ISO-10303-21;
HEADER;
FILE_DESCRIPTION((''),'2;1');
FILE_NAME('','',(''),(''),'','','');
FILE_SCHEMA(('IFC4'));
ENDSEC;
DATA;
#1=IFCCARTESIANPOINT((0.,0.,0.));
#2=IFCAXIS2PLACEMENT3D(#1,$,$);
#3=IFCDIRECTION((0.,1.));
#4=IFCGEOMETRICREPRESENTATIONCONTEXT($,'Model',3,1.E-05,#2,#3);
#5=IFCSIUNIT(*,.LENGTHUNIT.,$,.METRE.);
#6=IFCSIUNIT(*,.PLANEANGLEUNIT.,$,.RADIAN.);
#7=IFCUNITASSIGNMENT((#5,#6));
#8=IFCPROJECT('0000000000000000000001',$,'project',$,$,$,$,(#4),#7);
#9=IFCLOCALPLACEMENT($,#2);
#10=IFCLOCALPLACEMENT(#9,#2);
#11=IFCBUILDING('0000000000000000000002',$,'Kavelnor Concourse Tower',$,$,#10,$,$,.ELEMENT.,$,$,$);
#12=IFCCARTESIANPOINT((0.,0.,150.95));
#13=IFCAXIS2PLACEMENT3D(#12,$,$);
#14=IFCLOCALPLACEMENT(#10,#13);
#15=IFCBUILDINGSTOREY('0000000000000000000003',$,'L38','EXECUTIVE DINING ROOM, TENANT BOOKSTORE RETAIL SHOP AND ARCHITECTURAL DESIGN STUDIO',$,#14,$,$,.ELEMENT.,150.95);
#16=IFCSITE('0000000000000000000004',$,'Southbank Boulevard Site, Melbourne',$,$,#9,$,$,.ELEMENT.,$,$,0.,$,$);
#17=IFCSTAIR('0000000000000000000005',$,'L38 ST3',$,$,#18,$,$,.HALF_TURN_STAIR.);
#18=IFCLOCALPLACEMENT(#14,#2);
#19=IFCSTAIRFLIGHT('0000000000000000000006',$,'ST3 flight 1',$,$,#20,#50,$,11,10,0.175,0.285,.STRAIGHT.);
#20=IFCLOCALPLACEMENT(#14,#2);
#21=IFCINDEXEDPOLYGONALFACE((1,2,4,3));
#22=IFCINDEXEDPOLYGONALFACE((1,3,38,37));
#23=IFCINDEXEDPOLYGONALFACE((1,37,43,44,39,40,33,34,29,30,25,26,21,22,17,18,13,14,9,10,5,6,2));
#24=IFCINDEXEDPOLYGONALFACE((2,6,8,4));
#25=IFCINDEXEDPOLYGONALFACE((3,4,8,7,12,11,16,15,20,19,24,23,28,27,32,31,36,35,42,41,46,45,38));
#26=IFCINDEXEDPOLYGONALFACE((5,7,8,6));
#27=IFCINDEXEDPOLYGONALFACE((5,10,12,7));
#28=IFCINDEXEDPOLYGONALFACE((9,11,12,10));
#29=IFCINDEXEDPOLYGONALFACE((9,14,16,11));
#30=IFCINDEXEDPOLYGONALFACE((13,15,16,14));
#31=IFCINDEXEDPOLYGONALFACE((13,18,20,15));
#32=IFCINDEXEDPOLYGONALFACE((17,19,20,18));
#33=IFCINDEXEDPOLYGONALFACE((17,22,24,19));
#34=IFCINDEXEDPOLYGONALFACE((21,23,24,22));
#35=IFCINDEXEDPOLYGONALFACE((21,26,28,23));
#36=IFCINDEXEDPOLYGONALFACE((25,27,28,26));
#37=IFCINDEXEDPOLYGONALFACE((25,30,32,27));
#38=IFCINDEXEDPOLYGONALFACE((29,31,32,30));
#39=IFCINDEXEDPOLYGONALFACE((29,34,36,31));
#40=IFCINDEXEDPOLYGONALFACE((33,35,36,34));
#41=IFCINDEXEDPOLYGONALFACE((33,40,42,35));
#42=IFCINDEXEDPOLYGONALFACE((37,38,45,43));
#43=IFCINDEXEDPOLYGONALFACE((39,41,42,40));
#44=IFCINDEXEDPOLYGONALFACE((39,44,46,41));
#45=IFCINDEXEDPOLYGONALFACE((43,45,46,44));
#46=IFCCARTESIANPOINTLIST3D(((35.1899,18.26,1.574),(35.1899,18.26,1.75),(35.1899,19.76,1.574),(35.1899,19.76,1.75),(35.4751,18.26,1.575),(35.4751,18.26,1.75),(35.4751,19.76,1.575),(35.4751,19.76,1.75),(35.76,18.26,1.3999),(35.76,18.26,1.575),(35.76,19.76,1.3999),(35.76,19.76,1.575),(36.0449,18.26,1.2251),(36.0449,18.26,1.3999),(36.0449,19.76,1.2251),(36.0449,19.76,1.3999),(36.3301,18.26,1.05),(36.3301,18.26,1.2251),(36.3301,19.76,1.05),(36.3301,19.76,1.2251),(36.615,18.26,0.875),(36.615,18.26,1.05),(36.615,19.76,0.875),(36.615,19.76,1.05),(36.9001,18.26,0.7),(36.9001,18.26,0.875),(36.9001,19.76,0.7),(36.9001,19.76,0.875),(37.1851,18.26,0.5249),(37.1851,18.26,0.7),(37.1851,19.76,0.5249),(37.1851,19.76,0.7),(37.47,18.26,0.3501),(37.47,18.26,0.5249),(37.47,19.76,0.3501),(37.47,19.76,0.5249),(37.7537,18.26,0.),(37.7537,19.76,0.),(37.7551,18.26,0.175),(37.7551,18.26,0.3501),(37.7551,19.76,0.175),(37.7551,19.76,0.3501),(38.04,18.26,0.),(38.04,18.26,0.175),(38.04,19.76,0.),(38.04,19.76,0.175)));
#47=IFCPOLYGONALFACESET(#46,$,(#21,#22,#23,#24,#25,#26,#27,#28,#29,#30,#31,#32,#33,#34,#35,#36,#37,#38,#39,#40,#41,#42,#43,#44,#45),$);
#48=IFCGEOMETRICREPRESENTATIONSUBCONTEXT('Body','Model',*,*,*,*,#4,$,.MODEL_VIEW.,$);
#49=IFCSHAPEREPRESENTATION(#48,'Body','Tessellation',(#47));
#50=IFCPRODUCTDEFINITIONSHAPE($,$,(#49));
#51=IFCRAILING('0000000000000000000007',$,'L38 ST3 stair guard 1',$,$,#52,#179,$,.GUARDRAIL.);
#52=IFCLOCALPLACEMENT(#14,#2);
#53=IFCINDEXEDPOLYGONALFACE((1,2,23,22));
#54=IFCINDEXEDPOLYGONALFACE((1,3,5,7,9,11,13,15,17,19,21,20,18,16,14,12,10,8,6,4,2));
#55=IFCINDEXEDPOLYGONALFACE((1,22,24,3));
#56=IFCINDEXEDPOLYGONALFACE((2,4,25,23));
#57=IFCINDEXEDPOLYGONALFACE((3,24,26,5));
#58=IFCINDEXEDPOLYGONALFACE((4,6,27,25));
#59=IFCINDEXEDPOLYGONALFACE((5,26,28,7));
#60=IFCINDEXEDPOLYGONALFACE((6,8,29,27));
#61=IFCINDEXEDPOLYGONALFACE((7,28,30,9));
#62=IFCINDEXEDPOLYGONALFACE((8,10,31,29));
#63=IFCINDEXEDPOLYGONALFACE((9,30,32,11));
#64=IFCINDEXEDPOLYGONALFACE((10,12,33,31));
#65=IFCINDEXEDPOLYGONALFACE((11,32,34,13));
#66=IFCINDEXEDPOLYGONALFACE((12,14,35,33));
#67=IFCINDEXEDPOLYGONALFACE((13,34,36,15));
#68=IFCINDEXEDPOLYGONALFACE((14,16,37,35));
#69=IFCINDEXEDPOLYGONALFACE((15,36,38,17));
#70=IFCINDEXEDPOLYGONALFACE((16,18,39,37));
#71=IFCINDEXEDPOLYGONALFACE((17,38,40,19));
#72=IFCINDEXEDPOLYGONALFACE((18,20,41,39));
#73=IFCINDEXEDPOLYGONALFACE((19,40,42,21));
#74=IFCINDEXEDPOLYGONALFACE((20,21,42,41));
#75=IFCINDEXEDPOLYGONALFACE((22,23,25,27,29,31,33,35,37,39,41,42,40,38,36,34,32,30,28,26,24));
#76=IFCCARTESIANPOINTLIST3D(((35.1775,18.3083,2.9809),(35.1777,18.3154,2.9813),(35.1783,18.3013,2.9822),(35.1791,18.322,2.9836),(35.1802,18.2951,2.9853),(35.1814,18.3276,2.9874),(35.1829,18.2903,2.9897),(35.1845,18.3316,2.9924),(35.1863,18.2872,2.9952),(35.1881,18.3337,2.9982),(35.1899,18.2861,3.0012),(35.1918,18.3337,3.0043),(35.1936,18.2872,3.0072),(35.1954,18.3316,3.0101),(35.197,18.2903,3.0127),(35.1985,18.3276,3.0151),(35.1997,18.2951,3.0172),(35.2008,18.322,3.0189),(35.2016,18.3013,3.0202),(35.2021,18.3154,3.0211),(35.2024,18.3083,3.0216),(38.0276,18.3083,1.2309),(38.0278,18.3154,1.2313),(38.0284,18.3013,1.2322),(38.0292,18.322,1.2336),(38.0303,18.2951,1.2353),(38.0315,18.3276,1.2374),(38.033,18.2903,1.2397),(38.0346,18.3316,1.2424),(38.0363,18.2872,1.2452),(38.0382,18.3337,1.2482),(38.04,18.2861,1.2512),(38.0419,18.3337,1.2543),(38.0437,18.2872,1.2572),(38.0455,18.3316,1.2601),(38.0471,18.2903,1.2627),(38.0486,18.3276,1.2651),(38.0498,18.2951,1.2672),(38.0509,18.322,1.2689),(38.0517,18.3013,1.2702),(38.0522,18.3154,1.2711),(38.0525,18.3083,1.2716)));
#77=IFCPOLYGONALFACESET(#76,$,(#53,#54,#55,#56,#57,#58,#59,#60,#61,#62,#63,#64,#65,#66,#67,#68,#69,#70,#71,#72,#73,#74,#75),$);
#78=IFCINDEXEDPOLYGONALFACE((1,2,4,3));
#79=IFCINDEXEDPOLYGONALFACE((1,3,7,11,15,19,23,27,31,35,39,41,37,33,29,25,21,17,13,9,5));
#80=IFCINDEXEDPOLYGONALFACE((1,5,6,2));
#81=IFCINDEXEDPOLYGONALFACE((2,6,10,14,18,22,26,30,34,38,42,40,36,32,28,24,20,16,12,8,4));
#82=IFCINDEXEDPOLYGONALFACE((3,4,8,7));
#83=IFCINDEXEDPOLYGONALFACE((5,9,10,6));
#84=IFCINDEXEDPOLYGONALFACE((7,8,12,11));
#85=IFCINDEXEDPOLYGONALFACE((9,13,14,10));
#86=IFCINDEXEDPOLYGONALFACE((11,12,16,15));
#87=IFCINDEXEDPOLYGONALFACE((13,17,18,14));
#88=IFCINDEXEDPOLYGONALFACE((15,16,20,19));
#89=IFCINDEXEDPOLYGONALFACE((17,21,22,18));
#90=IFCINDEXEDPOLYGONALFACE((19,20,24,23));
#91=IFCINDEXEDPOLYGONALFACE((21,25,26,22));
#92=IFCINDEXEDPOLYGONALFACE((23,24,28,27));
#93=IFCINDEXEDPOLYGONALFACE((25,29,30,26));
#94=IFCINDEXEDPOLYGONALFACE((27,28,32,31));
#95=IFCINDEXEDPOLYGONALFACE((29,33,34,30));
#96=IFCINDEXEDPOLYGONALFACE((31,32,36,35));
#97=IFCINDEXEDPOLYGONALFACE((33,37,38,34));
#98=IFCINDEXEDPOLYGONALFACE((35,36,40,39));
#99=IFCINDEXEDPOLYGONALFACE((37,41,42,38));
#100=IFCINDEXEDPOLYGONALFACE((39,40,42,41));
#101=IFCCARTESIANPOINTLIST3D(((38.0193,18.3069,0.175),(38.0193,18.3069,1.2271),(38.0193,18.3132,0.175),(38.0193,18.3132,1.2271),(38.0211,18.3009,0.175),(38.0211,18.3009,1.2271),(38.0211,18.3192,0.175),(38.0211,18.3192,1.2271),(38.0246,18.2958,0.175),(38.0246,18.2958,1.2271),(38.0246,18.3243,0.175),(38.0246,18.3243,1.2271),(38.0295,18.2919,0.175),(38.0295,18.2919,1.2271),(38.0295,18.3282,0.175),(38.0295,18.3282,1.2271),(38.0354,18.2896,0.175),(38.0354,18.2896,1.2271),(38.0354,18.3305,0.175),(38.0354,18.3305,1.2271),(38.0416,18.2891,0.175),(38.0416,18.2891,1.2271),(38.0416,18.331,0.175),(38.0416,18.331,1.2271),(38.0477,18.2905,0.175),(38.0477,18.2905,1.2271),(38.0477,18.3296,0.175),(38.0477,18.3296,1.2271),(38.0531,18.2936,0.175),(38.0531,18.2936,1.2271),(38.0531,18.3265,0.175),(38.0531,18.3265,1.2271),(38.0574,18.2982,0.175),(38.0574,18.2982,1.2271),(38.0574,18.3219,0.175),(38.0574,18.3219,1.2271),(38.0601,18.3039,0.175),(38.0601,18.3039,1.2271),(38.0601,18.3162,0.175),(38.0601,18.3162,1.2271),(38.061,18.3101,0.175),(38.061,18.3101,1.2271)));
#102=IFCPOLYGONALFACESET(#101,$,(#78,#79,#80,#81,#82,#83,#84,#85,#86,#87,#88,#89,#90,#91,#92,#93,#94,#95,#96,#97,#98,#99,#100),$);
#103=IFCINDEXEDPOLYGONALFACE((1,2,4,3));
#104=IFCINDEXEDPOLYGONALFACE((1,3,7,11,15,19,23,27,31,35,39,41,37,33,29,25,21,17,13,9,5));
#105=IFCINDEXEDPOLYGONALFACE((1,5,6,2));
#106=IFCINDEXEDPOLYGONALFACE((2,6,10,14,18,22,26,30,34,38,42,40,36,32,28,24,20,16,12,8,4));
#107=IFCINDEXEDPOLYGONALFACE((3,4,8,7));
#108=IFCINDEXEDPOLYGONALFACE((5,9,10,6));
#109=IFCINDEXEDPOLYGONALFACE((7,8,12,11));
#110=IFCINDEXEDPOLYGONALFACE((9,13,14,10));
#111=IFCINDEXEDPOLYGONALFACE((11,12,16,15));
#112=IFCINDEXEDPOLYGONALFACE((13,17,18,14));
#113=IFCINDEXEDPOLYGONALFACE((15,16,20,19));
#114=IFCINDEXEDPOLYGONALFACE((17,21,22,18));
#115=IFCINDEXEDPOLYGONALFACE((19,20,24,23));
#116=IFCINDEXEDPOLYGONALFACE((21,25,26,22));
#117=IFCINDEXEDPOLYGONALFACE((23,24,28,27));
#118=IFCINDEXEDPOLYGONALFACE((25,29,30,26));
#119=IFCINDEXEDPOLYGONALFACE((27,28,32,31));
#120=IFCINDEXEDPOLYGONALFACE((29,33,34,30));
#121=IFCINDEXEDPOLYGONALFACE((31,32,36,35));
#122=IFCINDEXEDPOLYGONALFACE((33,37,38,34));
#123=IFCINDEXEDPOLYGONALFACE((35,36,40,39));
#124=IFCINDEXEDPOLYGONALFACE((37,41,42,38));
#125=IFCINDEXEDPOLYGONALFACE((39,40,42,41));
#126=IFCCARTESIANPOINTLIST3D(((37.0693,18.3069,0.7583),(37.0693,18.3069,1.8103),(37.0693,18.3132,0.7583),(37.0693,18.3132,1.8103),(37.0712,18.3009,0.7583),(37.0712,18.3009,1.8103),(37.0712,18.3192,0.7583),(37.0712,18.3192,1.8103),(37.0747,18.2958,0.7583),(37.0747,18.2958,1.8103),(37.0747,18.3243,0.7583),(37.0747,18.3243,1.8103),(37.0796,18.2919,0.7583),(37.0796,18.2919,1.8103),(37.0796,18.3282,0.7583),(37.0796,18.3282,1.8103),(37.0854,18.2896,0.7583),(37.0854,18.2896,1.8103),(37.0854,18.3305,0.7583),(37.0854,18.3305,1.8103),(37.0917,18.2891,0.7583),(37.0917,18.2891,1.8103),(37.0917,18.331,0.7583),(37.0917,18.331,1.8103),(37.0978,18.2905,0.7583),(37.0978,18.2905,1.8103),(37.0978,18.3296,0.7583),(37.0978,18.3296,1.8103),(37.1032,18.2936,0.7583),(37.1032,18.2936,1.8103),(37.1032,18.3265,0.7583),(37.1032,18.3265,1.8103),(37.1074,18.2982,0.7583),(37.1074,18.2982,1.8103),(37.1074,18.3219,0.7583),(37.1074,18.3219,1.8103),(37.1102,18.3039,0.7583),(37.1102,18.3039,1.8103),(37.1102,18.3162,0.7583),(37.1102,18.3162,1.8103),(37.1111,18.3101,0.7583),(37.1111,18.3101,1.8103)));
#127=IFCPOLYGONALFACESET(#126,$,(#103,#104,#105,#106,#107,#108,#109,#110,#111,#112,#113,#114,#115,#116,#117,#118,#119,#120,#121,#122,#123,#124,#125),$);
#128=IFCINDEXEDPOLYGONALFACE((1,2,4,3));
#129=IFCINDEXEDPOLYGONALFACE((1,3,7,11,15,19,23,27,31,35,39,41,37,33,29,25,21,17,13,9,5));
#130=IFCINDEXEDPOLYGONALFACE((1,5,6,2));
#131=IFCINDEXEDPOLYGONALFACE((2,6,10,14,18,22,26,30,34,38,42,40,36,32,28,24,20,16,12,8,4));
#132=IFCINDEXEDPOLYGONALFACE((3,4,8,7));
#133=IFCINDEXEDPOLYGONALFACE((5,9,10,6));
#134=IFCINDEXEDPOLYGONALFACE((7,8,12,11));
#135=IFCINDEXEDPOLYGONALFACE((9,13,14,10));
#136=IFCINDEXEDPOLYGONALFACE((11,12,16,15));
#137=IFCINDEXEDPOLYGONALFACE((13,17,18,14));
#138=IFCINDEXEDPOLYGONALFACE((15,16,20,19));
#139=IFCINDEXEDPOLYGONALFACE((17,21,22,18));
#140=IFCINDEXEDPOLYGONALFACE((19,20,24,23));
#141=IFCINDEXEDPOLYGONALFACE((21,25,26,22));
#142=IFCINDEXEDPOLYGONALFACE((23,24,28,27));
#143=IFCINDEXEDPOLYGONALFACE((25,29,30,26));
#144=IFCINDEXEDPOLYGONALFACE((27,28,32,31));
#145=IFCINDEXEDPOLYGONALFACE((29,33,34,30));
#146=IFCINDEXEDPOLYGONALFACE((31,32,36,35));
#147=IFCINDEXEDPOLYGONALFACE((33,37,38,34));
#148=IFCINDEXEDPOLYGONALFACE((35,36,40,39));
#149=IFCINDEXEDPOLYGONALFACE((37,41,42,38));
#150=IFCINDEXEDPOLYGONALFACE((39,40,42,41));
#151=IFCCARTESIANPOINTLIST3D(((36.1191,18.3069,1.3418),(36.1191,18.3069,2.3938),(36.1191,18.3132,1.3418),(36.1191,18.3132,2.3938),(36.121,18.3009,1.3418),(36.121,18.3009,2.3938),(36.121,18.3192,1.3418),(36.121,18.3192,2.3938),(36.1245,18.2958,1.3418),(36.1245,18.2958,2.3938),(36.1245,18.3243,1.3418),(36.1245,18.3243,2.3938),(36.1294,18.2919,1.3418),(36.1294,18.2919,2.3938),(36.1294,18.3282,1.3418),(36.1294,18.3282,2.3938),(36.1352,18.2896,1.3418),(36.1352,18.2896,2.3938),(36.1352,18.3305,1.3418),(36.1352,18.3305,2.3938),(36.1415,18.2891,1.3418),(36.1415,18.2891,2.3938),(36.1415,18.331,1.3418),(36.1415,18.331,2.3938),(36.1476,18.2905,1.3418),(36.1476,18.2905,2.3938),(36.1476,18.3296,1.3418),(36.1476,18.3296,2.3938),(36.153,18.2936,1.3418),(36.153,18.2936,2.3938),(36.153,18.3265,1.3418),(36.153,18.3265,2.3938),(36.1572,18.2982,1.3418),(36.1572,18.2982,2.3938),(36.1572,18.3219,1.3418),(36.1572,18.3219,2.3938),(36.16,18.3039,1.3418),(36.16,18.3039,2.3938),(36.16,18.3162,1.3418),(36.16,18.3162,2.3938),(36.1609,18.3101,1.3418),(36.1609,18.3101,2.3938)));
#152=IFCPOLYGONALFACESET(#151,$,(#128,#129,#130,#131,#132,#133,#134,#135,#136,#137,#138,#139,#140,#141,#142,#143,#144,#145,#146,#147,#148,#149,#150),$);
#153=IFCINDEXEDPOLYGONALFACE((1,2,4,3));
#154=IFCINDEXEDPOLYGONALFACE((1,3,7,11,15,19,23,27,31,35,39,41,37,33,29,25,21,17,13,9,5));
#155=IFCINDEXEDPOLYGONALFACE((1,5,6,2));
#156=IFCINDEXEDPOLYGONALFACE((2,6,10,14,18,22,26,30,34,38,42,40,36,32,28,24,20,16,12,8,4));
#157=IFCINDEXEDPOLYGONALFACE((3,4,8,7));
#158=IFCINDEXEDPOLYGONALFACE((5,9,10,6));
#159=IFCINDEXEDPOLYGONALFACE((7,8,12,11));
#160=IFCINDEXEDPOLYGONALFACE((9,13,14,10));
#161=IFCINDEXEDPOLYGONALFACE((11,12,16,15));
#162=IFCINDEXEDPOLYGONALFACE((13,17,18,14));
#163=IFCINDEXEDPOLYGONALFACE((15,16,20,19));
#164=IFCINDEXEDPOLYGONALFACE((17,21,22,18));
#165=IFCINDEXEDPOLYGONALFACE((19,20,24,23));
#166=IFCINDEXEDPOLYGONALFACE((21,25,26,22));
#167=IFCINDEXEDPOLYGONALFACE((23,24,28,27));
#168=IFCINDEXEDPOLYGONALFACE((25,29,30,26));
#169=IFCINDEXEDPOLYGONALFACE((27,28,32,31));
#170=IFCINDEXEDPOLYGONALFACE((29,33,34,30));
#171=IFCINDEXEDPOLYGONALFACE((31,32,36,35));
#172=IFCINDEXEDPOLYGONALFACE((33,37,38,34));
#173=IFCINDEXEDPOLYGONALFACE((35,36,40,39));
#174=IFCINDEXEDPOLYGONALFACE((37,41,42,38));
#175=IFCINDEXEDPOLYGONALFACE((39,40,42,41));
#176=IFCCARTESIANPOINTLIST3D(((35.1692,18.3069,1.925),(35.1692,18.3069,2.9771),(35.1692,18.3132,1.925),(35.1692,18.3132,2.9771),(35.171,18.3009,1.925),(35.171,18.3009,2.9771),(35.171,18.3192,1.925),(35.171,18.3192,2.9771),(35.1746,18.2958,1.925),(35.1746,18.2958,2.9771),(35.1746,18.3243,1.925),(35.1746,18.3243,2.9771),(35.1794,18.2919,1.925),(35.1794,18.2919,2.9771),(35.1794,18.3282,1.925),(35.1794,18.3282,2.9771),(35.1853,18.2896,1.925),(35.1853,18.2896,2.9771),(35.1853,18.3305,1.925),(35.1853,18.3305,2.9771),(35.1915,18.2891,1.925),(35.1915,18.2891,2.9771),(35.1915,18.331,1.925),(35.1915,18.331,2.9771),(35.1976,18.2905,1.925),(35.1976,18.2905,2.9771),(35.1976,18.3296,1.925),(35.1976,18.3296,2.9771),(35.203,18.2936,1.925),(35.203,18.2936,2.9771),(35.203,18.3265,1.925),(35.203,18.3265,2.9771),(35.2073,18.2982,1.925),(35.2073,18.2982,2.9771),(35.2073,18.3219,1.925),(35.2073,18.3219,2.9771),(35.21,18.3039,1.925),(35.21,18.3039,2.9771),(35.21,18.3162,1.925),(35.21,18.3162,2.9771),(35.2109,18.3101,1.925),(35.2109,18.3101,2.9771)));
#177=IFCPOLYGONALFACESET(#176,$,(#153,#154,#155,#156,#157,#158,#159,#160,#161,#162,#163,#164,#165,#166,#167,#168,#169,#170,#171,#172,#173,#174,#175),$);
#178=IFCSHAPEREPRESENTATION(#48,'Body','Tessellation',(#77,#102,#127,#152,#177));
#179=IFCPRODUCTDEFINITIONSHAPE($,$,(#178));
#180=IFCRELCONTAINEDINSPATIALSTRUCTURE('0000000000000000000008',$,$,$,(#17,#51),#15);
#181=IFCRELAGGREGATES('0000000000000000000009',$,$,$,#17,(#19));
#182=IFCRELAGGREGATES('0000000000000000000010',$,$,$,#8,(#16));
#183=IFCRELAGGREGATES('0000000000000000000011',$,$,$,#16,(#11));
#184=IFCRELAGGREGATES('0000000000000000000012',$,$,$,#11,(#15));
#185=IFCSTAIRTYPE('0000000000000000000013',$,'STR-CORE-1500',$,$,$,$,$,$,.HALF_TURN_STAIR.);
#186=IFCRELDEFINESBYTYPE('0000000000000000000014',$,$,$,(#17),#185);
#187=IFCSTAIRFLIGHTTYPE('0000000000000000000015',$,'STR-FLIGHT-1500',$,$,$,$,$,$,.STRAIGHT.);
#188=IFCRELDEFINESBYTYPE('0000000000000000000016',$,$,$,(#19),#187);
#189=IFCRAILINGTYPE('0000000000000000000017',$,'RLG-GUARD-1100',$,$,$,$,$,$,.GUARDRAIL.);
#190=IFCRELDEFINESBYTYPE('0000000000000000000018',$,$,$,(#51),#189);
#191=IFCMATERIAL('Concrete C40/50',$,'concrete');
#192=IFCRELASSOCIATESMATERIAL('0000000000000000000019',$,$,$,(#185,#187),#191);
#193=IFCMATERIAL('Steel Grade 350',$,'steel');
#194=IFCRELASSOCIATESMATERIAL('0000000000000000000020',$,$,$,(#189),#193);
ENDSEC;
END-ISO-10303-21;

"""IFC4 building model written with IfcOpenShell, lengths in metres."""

from ifc_helpers import new_model, si_unit, direction, frame, origin, origin_2d, place, context, subcontext, project, spatial, polyline, circle, outline, extrude, material, type_object, element, aggregate, save


model = new_model("IFC4")

# Units and contexts
model_context = context("Model", 3, precision=1e-05, world=origin(), true_north=direction((0.0, 1.0)))
body_context = subcontext(model_context, "Body", "Model", "MODEL_VIEW")
ifc_project = project(units=[si_unit("LENGTHUNIT", "METRE"), si_unit("PLANEANGLEUNIT", "RADIAN")], contexts=[model_context])

# Site, building, storey
site_placement = place(None, origin())
site = spatial("IfcSite", under=ifc_project, at=site_placement, Name="Southbank Boulevard Site, Melbourne", CompositionType="ELEMENT", RefElevation=0.0)
building_placement = place(site_placement, origin())
building = spatial("IfcBuilding", under=site, at=building_placement, Name="Kavelnor Concourse Tower", CompositionType="ELEMENT")
storey_placement = place(building_placement, frame((0.0, 0.0, 150.95)))
storey = spatial("IfcBuildingStorey", under=building, at=storey_placement, Name="L38", Description="EXECUTIVE DINING ROOM, TENANT BOOKSTORE RETAIL SHOP AND ARCHITECTURAL DESIGN STUDIO", CompositionType="ELEMENT", Elevation=150.95)

# Shared definitions
ifc_material_1 = material(Name="Steel Grade 350", Category="steel")

# Stair, stair flight
ifc_material_2 = material(Name="Concrete C40/50", Category="concrete")
stair_type = type_object("IfcStairType", Name="STR-CORE-1500", PredefinedType="HALF_TURN_STAIR", material=ifc_material_2)
stair_placement = place(storey_placement, origin())
stair = element("IfcStair", 1, at=stair_placement, inside=storey, type_object=stair_type, Name="L38 ST3", PredefinedType="HALF_TURN_STAIR")
stair_flight_type = type_object("IfcStairFlightType", Name="STR-FLIGHT-1500", PredefinedType="STRAIGHT", material=ifc_material_2)
stair_flight_placement = place(storey_placement, frame((38.04, 19.01, 0.0), z_axis=(0.0, 0.0, 1.0), x_axis=(-1.0, 0.0, 0.0)))
stair_flight = element("IfcStairFlight", 2, at=stair_flight_placement, type_object=stair_flight_type, Name="ST3 flight 1", NumberOfRisers=11, NumberOfTreads=10, PredefinedType="STRAIGHT", RiserHeight=0.175, TreadLength=0.285, context=body_context, shape_type="SweptSolid", body=[
    extrude(outline(polyline([(0.0, 0.0), (0.0, 0.175), (0.2849, 0.175), (0.2849, 0.3501), (0.5701, 0.3501), (0.5701, 0.5249), (0.855, 0.5249), (0.855, 0.7), (1.1399, 0.7), (1.1399, 0.875), (1.425, 0.875), (1.425, 1.05), (1.71, 1.05), (1.71, 1.2251), (1.9951, 1.2251), (1.9951, 1.3999), (2.28, 1.3999), (2.28, 1.575), (2.5649, 1.575), (2.5649, 1.75), (2.8501, 1.75), (2.8501, 1.925), (2.8501, 1.574), (0.2864, 0.0), (0.0, 0.0)])), frame((0.0, 0.75, 0.0), z_axis=(0.0, -1.0, 0.0), x_axis=(1.0, 0.0, 0.0)), (0.0, 0.0, 1.0), 1.5),
])
aggregate(stair, [stair_flight])

# Railing
railing_type_1 = type_object("IfcRailingType", Name="RLG-GUARD-1100", PredefinedType="GUARDRAIL", material=ifc_material_1)
railing_1_placement = place(storey_placement, frame((38.04, 18.3101, 0.175)))
element("IfcRailing", 3, at=railing_1_placement, inside=storey, type_object=railing_type_1, Name="L38 ST3 stair guard 1", PredefinedType="GUARDRAIL", context=body_context, shape_type="SweptSolid", body=[
    extrude(circle(Radius=0.0239, at=origin_2d()), frame((0.0, 0.0, 1.0762), z_axis=(-0.852179, 0.0, 0.52325), x_axis=(0.0, -1.0, 0.0)), (0.0, 0.0, 1.0), 3.3445),
    extrude(circle(Radius=0.021, at=origin_2d()), origin(), (0.0, 0.0, 1.0), 1.052),
    extrude(circle(Radius=0.021, at=origin_2d()), frame((-0.95, 0.0, 0.5833)), (0.0, 0.0, 1.0), 1.052),
    extrude(circle(Radius=0.021, at=origin_2d()), frame((-1.9001, 0.0, 1.1667)), (0.0, 0.0, 1.0), 1.052),
    extrude(circle(Radius=0.021, at=origin_2d()), frame((-2.8501, 0.0, 1.75)), (0.0, 0.0, 1.0), 1.052),
])

save(model, "model.ifc")
